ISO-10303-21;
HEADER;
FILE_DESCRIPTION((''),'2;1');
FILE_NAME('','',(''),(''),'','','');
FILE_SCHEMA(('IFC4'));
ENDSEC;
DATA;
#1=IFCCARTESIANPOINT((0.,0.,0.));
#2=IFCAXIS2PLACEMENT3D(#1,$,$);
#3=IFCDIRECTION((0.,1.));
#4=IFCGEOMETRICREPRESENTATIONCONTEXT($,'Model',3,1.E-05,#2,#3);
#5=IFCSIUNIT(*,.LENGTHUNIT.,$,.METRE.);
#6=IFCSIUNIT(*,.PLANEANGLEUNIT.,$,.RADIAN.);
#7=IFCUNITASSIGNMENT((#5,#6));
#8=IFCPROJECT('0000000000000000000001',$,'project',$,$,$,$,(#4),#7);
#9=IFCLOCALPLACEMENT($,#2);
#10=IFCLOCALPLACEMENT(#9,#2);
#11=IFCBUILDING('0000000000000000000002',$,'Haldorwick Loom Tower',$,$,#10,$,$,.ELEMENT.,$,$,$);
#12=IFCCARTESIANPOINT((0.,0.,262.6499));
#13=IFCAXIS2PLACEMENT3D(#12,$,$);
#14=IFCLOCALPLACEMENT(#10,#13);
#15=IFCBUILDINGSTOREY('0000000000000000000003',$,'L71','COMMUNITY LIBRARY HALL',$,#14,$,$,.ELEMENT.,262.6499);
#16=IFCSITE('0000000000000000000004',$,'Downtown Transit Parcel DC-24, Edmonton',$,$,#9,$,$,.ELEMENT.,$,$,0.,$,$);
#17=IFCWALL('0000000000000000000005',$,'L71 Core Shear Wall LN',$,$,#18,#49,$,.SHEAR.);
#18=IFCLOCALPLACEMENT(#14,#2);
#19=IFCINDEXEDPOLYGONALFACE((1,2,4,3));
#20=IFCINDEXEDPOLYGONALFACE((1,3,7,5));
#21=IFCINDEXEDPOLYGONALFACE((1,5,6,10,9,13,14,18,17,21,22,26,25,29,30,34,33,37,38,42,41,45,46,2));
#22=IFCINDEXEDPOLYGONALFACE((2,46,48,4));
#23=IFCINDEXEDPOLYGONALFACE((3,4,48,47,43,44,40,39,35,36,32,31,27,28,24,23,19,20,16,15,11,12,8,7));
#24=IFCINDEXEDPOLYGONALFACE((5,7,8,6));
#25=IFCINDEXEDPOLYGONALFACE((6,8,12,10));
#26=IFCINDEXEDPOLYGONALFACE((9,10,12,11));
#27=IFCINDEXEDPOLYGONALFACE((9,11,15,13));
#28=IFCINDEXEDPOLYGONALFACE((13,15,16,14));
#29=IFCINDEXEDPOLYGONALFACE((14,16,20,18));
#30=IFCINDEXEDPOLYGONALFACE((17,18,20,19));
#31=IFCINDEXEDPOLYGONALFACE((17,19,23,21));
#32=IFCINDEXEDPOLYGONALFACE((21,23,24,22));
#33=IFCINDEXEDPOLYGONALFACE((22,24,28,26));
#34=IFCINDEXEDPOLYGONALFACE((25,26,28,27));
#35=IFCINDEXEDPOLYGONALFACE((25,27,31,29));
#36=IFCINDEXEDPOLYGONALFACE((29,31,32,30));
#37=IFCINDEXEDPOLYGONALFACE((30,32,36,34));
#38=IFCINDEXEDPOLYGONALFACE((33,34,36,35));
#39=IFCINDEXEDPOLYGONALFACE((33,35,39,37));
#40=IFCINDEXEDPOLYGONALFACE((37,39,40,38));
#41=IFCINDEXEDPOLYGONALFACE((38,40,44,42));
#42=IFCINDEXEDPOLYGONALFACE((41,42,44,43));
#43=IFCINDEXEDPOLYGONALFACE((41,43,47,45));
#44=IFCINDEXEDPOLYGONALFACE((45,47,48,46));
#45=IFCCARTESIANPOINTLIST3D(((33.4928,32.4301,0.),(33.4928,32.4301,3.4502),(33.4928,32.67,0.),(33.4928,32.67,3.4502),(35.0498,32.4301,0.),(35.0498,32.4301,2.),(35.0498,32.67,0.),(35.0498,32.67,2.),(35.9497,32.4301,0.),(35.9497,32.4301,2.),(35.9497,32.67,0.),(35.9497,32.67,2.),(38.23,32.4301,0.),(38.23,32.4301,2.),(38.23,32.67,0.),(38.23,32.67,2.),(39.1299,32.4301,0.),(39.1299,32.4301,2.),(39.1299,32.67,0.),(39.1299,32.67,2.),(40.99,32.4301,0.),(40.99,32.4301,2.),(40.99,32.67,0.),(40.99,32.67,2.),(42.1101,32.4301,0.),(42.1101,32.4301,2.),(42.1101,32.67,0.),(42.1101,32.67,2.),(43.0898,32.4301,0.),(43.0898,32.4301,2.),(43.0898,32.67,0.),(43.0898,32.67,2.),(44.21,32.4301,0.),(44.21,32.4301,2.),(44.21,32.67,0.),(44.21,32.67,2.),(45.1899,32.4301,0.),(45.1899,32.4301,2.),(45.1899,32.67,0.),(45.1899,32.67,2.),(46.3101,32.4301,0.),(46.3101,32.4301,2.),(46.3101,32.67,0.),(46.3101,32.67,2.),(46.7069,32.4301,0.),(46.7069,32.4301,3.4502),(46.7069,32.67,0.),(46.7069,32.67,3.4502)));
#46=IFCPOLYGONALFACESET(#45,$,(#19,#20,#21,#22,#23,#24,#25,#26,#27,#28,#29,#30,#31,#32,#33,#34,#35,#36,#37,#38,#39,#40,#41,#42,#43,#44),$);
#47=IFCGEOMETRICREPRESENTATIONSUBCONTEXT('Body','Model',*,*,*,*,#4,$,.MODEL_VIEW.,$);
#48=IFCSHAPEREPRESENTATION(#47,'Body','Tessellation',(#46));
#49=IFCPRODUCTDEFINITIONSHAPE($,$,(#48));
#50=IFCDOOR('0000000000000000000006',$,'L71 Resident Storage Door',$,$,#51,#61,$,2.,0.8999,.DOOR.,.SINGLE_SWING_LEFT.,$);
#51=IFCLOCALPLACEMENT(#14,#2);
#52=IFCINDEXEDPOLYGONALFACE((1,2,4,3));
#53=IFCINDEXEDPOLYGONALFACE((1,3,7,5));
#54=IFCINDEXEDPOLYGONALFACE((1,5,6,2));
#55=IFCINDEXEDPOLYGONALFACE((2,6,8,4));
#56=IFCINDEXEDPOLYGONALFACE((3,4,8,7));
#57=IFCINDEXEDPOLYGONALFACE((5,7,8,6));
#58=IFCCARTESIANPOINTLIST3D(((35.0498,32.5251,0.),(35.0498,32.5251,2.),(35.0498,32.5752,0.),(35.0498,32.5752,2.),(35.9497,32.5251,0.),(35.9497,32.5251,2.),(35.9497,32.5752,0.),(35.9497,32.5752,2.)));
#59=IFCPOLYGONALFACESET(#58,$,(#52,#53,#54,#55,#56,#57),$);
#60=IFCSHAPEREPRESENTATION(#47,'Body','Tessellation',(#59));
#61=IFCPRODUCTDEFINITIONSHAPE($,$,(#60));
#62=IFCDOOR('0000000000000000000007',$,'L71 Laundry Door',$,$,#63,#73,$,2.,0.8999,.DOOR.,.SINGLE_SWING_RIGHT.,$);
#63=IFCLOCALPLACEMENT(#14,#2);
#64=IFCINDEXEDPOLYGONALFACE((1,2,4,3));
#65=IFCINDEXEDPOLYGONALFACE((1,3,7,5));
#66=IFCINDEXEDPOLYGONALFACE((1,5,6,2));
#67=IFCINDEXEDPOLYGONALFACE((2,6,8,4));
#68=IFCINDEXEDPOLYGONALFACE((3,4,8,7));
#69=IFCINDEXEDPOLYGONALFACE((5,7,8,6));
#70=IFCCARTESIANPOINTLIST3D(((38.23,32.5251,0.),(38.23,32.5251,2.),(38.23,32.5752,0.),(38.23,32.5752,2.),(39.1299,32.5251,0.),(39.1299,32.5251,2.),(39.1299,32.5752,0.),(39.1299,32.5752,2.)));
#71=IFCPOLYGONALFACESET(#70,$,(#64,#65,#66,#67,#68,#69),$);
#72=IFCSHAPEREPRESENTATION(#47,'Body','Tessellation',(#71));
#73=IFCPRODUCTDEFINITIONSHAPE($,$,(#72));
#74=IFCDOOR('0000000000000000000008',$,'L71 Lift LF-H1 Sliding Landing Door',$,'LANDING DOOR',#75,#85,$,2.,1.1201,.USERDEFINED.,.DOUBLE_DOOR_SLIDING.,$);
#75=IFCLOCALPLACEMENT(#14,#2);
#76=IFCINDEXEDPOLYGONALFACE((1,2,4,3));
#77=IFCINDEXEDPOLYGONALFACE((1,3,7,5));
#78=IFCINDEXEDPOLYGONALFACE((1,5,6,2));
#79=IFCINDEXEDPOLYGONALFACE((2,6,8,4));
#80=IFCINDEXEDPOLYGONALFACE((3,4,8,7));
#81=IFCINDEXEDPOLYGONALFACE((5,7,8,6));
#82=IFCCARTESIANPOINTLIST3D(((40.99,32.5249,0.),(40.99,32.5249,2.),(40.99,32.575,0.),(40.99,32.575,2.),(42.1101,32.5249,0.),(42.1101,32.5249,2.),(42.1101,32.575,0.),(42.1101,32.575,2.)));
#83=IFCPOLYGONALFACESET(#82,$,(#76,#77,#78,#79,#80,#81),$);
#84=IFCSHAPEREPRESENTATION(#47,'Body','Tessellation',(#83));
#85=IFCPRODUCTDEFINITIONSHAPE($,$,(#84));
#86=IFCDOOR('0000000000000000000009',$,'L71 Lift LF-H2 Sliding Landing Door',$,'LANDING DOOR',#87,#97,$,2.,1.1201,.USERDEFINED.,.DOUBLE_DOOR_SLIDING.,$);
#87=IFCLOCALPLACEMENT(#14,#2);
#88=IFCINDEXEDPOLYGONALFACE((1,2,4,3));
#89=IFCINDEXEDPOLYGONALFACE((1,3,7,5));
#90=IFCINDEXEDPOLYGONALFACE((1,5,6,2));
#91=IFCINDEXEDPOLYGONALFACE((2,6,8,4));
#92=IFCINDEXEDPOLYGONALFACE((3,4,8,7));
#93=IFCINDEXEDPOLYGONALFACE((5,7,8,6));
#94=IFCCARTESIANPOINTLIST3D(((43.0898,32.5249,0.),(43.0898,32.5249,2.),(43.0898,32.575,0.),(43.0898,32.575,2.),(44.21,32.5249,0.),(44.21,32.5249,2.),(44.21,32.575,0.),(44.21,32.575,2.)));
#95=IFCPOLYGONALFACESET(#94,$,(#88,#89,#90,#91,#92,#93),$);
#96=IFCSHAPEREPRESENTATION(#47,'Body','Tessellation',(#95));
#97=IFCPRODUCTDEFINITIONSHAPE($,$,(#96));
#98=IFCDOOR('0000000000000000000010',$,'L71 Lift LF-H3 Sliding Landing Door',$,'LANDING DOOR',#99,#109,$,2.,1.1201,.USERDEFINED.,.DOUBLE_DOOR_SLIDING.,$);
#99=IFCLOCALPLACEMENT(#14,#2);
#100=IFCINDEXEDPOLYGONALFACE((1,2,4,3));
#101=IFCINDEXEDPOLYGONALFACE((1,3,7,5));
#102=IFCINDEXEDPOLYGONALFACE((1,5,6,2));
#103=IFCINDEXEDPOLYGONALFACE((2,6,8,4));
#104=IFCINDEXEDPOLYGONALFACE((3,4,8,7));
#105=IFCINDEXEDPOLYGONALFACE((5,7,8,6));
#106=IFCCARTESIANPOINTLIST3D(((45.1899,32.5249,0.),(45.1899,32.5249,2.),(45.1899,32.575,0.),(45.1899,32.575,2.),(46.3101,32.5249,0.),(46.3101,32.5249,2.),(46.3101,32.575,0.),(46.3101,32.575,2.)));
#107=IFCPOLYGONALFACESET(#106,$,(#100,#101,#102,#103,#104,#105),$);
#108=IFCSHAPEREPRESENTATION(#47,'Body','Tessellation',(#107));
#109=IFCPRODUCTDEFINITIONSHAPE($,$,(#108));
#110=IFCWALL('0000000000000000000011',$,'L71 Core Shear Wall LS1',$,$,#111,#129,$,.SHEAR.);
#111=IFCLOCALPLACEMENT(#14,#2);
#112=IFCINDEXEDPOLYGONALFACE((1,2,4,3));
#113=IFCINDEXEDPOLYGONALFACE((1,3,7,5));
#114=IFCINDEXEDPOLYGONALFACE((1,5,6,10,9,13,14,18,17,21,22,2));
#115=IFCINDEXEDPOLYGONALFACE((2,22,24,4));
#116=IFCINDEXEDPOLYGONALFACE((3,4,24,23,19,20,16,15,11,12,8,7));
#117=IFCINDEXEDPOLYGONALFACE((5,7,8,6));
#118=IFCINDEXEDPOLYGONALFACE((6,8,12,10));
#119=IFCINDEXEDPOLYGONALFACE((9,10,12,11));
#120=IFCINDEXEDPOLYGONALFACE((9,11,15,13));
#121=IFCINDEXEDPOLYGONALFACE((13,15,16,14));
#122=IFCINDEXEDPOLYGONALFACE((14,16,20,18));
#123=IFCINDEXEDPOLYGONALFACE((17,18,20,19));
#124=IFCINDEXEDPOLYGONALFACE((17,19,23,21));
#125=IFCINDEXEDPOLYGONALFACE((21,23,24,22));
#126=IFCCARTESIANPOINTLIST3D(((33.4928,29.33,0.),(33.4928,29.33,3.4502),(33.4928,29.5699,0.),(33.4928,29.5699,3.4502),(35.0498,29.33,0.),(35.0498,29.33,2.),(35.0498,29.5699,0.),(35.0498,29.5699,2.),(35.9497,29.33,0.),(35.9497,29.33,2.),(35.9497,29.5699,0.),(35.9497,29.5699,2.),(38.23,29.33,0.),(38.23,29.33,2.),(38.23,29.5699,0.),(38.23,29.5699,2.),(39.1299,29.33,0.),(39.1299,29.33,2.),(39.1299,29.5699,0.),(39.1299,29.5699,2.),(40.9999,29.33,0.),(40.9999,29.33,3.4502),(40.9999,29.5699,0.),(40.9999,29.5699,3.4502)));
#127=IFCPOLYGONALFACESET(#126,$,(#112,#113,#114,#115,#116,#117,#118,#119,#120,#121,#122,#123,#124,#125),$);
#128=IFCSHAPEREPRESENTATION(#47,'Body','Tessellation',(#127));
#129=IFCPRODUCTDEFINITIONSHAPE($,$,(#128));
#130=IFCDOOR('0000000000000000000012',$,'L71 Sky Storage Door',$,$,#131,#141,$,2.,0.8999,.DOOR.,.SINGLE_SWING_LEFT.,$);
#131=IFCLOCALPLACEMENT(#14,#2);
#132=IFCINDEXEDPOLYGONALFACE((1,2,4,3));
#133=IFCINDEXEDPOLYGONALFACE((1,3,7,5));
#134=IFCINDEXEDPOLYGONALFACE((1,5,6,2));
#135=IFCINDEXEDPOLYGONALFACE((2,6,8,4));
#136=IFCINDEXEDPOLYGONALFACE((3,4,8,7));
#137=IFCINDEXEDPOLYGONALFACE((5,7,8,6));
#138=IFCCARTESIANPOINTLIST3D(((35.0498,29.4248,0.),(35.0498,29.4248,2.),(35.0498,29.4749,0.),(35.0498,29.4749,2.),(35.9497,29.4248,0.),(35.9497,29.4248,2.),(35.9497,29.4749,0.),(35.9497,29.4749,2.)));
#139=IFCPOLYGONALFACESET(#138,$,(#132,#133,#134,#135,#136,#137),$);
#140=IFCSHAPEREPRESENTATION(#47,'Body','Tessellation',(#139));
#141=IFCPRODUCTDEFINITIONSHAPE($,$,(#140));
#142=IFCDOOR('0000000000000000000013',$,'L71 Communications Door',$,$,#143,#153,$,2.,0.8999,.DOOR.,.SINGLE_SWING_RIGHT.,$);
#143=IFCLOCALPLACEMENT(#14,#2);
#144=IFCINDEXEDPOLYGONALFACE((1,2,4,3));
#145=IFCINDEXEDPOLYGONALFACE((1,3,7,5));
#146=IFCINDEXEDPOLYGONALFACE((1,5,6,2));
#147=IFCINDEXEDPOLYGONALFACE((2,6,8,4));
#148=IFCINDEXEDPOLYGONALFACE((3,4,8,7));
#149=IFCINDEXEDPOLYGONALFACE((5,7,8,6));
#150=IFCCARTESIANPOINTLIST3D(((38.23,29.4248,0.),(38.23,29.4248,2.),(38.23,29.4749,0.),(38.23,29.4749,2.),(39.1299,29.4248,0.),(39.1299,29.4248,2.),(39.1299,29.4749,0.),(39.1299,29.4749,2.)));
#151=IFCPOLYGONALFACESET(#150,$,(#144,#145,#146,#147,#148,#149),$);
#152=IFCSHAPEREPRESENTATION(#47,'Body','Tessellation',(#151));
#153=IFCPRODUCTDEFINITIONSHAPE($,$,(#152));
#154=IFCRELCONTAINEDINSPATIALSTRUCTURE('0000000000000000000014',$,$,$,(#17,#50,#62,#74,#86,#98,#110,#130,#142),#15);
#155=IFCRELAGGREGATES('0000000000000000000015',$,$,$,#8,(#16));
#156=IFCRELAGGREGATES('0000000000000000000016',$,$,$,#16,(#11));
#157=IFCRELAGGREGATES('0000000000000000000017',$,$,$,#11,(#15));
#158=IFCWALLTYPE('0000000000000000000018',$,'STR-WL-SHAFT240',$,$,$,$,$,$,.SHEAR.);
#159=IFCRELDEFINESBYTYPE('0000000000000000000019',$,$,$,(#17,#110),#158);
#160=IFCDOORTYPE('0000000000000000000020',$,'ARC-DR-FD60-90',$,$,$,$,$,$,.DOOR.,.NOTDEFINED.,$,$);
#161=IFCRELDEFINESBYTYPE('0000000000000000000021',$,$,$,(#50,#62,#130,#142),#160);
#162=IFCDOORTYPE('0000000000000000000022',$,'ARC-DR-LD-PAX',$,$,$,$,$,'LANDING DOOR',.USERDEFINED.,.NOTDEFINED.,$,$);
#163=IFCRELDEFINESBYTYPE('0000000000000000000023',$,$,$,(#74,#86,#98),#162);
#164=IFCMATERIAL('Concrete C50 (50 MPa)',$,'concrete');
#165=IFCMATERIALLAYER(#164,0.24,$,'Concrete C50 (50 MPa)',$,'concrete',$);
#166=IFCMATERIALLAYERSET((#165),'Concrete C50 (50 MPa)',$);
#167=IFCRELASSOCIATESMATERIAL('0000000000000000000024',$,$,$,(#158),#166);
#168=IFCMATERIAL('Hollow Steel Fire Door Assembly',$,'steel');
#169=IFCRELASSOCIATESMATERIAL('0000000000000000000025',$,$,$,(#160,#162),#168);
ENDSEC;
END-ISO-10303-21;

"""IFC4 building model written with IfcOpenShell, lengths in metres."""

from ifc_helpers import new_model, si_unit, direction, frame, frame_2d, origin, place, context, subcontext, project, spatial, rectangle, extrude, material, layer, layer_set, type_object, element, fill, save


model = new_model("IFC4")

# Units and contexts
model_context = context("Model", 3, precision=1e-05, world=origin(), true_north=direction((0.0, 1.0)))
body_context = subcontext(model_context, "Body", "Model", "MODEL_VIEW")
ifc_project = project(units=[si_unit("LENGTHUNIT", "METRE"), si_unit("PLANEANGLEUNIT", "RADIAN")], contexts=[model_context])

# Site, building, storey
site_placement = place(None, origin())
site = spatial("IfcSite", under=ifc_project, at=site_placement, Name="Downtown Transit Parcel DC-24, Edmonton", CompositionType="ELEMENT", RefElevation=0.0)
building_placement = place(site_placement, origin())
building = spatial("IfcBuilding", under=site, at=building_placement, Name="Haldorwick Loom Tower", CompositionType="ELEMENT")
storey_placement = place(building_placement, frame((0.0, 0.0, 262.6499)))
storey = spatial("IfcBuildingStorey", under=building, at=storey_placement, Name="L71", Description="COMMUNITY LIBRARY HALL", CompositionType="ELEMENT", Elevation=262.6499)

# Shared definitions
ifc_material_1 = material(Name="Concrete C50 (50 MPa)", Category="concrete")
ifc_layer_1 = layer(ifc_material_1, 0.24, Name="Concrete C50 (50 MPa)", Category="concrete")
ifc_layer_set_1 = layer_set([ifc_layer_1], Name="Concrete C50 (50 MPa)")
wall_type_1 = type_object("IfcWallType", Name="STR-WL-SHAFT240", PredefinedType="SHEAR", material=ifc_layer_set_1)

# Shared definitions
ifc_material_2 = material(Name="Hollow Steel Fire Door Assembly", Category="steel")

# Walls, openings, doors
wall_1_placement = place(storey_placement, frame((33.4929, 32.55, 0.0), z_axis=(0.0, 0.0, 1.0), x_axis=(1.0, 0.0, 0.0)))
wall_1 = element("IfcWall", 1, at=wall_1_placement, inside=storey, type_object=wall_type_1, Name="L71 Core Shear Wall LN", PredefinedType="SHEAR", context=body_context, shape_type="SweptSolid", body=[
    extrude(rectangle(XDim=13.2141, YDim=0.24, at=frame_2d((6.6069, 0.0))), origin(), (0.0, 0.0, 1.0), 3.4502),
])
opening_1_placement = place(wall_1_placement, frame((1.5569, 0.0, 0.0)))
opening_1 = element("IfcOpeningElement", 2, at=opening_1_placement, cuts=wall_1, PredefinedType="OPENING", context=body_context, shape_type="SweptSolid", body=[
    extrude(rectangle(XDim=0.8999, YDim=2.0, at=frame_2d((0.45, 1.0))), frame((0.0, 0.1299, 0.0), z_axis=(0.0, -1.0, 0.0), x_axis=(1.0, 0.0, 0.0)), (0.0, 0.0, 1.0), 0.26),
])
opening_2_placement = place(wall_1_placement, frame((4.7371, 0.0, 0.0)))
opening_2 = element("IfcOpeningElement", 3, at=opening_2_placement, cuts=wall_1, PredefinedType="OPENING", context=body_context, shape_type="SweptSolid", body=[
    extrude(rectangle(XDim=0.8999, YDim=2.0, at=frame_2d((0.45, 1.0))), frame((0.0, 0.1299, 0.0), z_axis=(0.0, -1.0, 0.0), x_axis=(1.0, 0.0, 0.0)), (0.0, 0.0, 1.0), 0.26),
])
opening_3_placement = place(wall_1_placement, frame((7.4971, 0.0, 0.0)))
opening_3 = element("IfcOpeningElement", 4, at=opening_3_placement, cuts=wall_1, PredefinedType="OPENING", context=body_context, shape_type="SweptSolid", body=[
    extrude(rectangle(XDim=1.1201, YDim=2.0, at=frame_2d((0.5601, 1.0))), frame((0.0, 0.1299, 0.0), z_axis=(0.0, -1.0, 0.0), x_axis=(1.0, 0.0, 0.0)), (0.0, 0.0, 1.0), 0.26),
])
opening_4_placement = place(wall_1_placement, frame((9.5969, 0.0, 0.0)))
opening_4 = element("IfcOpeningElement", 5, at=opening_4_placement, cuts=wall_1, PredefinedType="OPENING", context=body_context, shape_type="SweptSolid", body=[
    extrude(rectangle(XDim=1.1201, YDim=2.0, at=frame_2d((0.5601, 1.0))), frame((0.0, 0.1299, 0.0), z_axis=(0.0, -1.0, 0.0), x_axis=(1.0, 0.0, 0.0)), (0.0, 0.0, 1.0), 0.26),
])
opening_5_placement = place(wall_1_placement, frame((11.697, 0.0, 0.0)))
opening_5 = element("IfcOpeningElement", 6, at=opening_5_placement, cuts=wall_1, PredefinedType="OPENING", context=body_context, shape_type="SweptSolid", body=[
    extrude(rectangle(XDim=1.1201, YDim=2.0, at=frame_2d((0.5601, 1.0))), frame((0.0, 0.1299, 0.0), z_axis=(0.0, -1.0, 0.0), x_axis=(1.0, 0.0, 0.0)), (0.0, 0.0, 1.0), 0.26),
])
door_type_1 = type_object("IfcDoorType", Name="ARC-DR-FD60-90", OperationType="NOTDEFINED", PredefinedType="DOOR", material=ifc_material_2)
door_1_placement = place(opening_1_placement, frame((0.8999, 0.0, 0.0), z_axis=(0.0, 0.0, 1.0), x_axis=(-1.0, 0.0, 0.0)))
door_1 = element("IfcDoor", 7, at=door_1_placement, inside=storey, type_object=door_type_1, Name="L71 Resident Storage Door", OperationType="SINGLE_SWING_LEFT", OverallHeight=2.0, OverallWidth=0.8999, PredefinedType="DOOR", context=body_context, shape_type="SweptSolid", body=[
    extrude(rectangle(XDim=0.8999, YDim=2.0, at=frame_2d((0.45, 1.0))), frame((0.0, 0.0249, 0.0), z_axis=(0.0, -1.0, 0.0), x_axis=(1.0, 0.0, 0.0)), (0.0, 0.0, 1.0), 0.05),
])
fill(opening_1, door_1)
door_2_placement = place(opening_2_placement, frame((0.8999, 0.0, 0.0), z_axis=(0.0, 0.0, 1.0), x_axis=(-1.0, 0.0, 0.0)))
door_2 = element("IfcDoor", 8, at=door_2_placement, inside=storey, type_object=door_type_1, Name="L71 Laundry Door", OperationType="SINGLE_SWING_RIGHT", OverallHeight=2.0, OverallWidth=0.8999, PredefinedType="DOOR", context=body_context, shape_type="SweptSolid", body=[
    extrude(rectangle(XDim=0.8999, YDim=2.0, at=frame_2d((0.45, 1.0))), frame((0.0, 0.0249, 0.0), z_axis=(0.0, -1.0, 0.0), x_axis=(1.0, 0.0, 0.0)), (0.0, 0.0, 1.0), 0.05),
])
fill(opening_2, door_2)
door_type_2 = type_object("IfcDoorType", Name="ARC-DR-LD-PAX", ElementType="LANDING DOOR", OperationType="NOTDEFINED", PredefinedType="USERDEFINED", material=ifc_material_2)
door_3_placement = place(opening_3_placement, origin())
door_3 = element("IfcDoor", 9, at=door_3_placement, inside=storey, type_object=door_type_2, Name="L71 Lift LF-H1 Sliding Landing Door", ObjectType="LANDING DOOR", OperationType="DOUBLE_DOOR_SLIDING", OverallHeight=2.0, OverallWidth=1.1201, PredefinedType="USERDEFINED", context=body_context, shape_type="SweptSolid", body=[
    extrude(rectangle(XDim=1.1201, YDim=2.0, at=frame_2d((0.5601, 1.0))), frame((0.0, 0.0249, 0.0), z_axis=(0.0, -1.0, 0.0), x_axis=(1.0, 0.0, 0.0)), (0.0, 0.0, 1.0), 0.05),
])
fill(opening_3, door_3)
door_4_placement = place(opening_4_placement, origin())
door_4 = element("IfcDoor", 10, at=door_4_placement, inside=storey, type_object=door_type_2, Name="L71 Lift LF-H2 Sliding Landing Door", ObjectType="LANDING DOOR", OperationType="DOUBLE_DOOR_SLIDING", OverallHeight=2.0, OverallWidth=1.1201, PredefinedType="USERDEFINED", context=body_context, shape_type="SweptSolid", body=[
    extrude(rectangle(XDim=1.1201, YDim=2.0, at=frame_2d((0.5601, 1.0))), frame((0.0, 0.0249, 0.0), z_axis=(0.0, -1.0, 0.0), x_axis=(1.0, 0.0, 0.0)), (0.0, 0.0, 1.0), 0.05),
])
fill(opening_4, door_4)
door_5_placement = place(opening_5_placement, origin())
door_5 = element("IfcDoor", 11, at=door_5_placement, inside=storey, type_object=door_type_2, Name="L71 Lift LF-H3 Sliding Landing Door", ObjectType="LANDING DOOR", OperationType="DOUBLE_DOOR_SLIDING", OverallHeight=2.0, OverallWidth=1.1201, PredefinedType="USERDEFINED", context=body_context, shape_type="SweptSolid", body=[
    extrude(rectangle(XDim=1.1201, YDim=2.0, at=frame_2d((0.5601, 1.0))), frame((0.0, 0.0249, 0.0), z_axis=(0.0, -1.0, 0.0), x_axis=(1.0, 0.0, 0.0)), (0.0, 0.0, 1.0), 0.05),
])
fill(opening_5, door_5)
wall_2_placement = place(storey_placement, frame((33.4929, 29.45, 0.0), z_axis=(0.0, 0.0, 1.0), x_axis=(1.0, 0.0, 0.0)))
wall_2 = element("IfcWall", 12, at=wall_2_placement, inside=storey, type_object=wall_type_1, Name="L71 Core Shear Wall LS1", PredefinedType="SHEAR", context=body_context, shape_type="SweptSolid", body=[
    extrude(rectangle(XDim=7.5071, YDim=0.24, at=frame_2d((3.7534, 0.0))), origin(), (0.0, 0.0, 1.0), 3.4502),
])
opening_6_placement = place(wall_2_placement, frame((1.5569, 0.0, 0.0)))
opening_6 = element("IfcOpeningElement", 13, at=opening_6_placement, cuts=wall_2, PredefinedType="OPENING", context=body_context, shape_type="SweptSolid", body=[
    extrude(rectangle(XDim=0.8999, YDim=2.0, at=frame_2d((0.45, 1.0))), frame((0.0, 0.1299, 0.0), z_axis=(0.0, -1.0, 0.0), x_axis=(1.0, 0.0, 0.0)), (0.0, 0.0, 1.0), 0.26),
])
opening_7_placement = place(wall_2_placement, frame((4.7371, 0.0, 0.0)))
opening_7 = element("IfcOpeningElement", 14, at=opening_7_placement, cuts=wall_2, PredefinedType="OPENING", context=body_context, shape_type="SweptSolid", body=[
    extrude(rectangle(XDim=0.8999, YDim=2.0, at=frame_2d((0.45, 1.0))), frame((0.0, 0.1299, 0.0), z_axis=(0.0, -1.0, 0.0), x_axis=(1.0, 0.0, 0.0)), (0.0, 0.0, 1.0), 0.26),
])
door_6_placement = place(opening_6_placement, origin())
door_6 = element("IfcDoor", 15, at=door_6_placement, inside=storey, type_object=door_type_1, Name="L71 Sky Storage Door", OperationType="SINGLE_SWING_LEFT", OverallHeight=2.0, OverallWidth=0.8999, PredefinedType="DOOR", context=body_context, shape_type="SweptSolid", body=[
    extrude(rectangle(XDim=0.8999, YDim=2.0, at=frame_2d((0.45, 1.0))), frame((0.0, 0.0249, 0.0), z_axis=(0.0, -1.0, 0.0), x_axis=(1.0, 0.0, 0.0)), (0.0, 0.0, 1.0), 0.05),
])
fill(opening_6, door_6)
door_7_placement = place(opening_7_placement, origin())
door_7 = element("IfcDoor", 16, at=door_7_placement, inside=storey, type_object=door_type_1, Name="L71 Communications Door", OperationType="SINGLE_SWING_RIGHT", OverallHeight=2.0, OverallWidth=0.8999, PredefinedType="DOOR", context=body_context, shape_type="SweptSolid", body=[
    extrude(rectangle(XDim=0.8999, YDim=2.0, at=frame_2d((0.45, 1.0))), frame((0.0, 0.0249, 0.0), z_axis=(0.0, -1.0, 0.0), x_axis=(1.0, 0.0, 0.0)), (0.0, 0.0, 1.0), 0.05),
])
fill(opening_7, door_7)

save(model, "model.ifc")
